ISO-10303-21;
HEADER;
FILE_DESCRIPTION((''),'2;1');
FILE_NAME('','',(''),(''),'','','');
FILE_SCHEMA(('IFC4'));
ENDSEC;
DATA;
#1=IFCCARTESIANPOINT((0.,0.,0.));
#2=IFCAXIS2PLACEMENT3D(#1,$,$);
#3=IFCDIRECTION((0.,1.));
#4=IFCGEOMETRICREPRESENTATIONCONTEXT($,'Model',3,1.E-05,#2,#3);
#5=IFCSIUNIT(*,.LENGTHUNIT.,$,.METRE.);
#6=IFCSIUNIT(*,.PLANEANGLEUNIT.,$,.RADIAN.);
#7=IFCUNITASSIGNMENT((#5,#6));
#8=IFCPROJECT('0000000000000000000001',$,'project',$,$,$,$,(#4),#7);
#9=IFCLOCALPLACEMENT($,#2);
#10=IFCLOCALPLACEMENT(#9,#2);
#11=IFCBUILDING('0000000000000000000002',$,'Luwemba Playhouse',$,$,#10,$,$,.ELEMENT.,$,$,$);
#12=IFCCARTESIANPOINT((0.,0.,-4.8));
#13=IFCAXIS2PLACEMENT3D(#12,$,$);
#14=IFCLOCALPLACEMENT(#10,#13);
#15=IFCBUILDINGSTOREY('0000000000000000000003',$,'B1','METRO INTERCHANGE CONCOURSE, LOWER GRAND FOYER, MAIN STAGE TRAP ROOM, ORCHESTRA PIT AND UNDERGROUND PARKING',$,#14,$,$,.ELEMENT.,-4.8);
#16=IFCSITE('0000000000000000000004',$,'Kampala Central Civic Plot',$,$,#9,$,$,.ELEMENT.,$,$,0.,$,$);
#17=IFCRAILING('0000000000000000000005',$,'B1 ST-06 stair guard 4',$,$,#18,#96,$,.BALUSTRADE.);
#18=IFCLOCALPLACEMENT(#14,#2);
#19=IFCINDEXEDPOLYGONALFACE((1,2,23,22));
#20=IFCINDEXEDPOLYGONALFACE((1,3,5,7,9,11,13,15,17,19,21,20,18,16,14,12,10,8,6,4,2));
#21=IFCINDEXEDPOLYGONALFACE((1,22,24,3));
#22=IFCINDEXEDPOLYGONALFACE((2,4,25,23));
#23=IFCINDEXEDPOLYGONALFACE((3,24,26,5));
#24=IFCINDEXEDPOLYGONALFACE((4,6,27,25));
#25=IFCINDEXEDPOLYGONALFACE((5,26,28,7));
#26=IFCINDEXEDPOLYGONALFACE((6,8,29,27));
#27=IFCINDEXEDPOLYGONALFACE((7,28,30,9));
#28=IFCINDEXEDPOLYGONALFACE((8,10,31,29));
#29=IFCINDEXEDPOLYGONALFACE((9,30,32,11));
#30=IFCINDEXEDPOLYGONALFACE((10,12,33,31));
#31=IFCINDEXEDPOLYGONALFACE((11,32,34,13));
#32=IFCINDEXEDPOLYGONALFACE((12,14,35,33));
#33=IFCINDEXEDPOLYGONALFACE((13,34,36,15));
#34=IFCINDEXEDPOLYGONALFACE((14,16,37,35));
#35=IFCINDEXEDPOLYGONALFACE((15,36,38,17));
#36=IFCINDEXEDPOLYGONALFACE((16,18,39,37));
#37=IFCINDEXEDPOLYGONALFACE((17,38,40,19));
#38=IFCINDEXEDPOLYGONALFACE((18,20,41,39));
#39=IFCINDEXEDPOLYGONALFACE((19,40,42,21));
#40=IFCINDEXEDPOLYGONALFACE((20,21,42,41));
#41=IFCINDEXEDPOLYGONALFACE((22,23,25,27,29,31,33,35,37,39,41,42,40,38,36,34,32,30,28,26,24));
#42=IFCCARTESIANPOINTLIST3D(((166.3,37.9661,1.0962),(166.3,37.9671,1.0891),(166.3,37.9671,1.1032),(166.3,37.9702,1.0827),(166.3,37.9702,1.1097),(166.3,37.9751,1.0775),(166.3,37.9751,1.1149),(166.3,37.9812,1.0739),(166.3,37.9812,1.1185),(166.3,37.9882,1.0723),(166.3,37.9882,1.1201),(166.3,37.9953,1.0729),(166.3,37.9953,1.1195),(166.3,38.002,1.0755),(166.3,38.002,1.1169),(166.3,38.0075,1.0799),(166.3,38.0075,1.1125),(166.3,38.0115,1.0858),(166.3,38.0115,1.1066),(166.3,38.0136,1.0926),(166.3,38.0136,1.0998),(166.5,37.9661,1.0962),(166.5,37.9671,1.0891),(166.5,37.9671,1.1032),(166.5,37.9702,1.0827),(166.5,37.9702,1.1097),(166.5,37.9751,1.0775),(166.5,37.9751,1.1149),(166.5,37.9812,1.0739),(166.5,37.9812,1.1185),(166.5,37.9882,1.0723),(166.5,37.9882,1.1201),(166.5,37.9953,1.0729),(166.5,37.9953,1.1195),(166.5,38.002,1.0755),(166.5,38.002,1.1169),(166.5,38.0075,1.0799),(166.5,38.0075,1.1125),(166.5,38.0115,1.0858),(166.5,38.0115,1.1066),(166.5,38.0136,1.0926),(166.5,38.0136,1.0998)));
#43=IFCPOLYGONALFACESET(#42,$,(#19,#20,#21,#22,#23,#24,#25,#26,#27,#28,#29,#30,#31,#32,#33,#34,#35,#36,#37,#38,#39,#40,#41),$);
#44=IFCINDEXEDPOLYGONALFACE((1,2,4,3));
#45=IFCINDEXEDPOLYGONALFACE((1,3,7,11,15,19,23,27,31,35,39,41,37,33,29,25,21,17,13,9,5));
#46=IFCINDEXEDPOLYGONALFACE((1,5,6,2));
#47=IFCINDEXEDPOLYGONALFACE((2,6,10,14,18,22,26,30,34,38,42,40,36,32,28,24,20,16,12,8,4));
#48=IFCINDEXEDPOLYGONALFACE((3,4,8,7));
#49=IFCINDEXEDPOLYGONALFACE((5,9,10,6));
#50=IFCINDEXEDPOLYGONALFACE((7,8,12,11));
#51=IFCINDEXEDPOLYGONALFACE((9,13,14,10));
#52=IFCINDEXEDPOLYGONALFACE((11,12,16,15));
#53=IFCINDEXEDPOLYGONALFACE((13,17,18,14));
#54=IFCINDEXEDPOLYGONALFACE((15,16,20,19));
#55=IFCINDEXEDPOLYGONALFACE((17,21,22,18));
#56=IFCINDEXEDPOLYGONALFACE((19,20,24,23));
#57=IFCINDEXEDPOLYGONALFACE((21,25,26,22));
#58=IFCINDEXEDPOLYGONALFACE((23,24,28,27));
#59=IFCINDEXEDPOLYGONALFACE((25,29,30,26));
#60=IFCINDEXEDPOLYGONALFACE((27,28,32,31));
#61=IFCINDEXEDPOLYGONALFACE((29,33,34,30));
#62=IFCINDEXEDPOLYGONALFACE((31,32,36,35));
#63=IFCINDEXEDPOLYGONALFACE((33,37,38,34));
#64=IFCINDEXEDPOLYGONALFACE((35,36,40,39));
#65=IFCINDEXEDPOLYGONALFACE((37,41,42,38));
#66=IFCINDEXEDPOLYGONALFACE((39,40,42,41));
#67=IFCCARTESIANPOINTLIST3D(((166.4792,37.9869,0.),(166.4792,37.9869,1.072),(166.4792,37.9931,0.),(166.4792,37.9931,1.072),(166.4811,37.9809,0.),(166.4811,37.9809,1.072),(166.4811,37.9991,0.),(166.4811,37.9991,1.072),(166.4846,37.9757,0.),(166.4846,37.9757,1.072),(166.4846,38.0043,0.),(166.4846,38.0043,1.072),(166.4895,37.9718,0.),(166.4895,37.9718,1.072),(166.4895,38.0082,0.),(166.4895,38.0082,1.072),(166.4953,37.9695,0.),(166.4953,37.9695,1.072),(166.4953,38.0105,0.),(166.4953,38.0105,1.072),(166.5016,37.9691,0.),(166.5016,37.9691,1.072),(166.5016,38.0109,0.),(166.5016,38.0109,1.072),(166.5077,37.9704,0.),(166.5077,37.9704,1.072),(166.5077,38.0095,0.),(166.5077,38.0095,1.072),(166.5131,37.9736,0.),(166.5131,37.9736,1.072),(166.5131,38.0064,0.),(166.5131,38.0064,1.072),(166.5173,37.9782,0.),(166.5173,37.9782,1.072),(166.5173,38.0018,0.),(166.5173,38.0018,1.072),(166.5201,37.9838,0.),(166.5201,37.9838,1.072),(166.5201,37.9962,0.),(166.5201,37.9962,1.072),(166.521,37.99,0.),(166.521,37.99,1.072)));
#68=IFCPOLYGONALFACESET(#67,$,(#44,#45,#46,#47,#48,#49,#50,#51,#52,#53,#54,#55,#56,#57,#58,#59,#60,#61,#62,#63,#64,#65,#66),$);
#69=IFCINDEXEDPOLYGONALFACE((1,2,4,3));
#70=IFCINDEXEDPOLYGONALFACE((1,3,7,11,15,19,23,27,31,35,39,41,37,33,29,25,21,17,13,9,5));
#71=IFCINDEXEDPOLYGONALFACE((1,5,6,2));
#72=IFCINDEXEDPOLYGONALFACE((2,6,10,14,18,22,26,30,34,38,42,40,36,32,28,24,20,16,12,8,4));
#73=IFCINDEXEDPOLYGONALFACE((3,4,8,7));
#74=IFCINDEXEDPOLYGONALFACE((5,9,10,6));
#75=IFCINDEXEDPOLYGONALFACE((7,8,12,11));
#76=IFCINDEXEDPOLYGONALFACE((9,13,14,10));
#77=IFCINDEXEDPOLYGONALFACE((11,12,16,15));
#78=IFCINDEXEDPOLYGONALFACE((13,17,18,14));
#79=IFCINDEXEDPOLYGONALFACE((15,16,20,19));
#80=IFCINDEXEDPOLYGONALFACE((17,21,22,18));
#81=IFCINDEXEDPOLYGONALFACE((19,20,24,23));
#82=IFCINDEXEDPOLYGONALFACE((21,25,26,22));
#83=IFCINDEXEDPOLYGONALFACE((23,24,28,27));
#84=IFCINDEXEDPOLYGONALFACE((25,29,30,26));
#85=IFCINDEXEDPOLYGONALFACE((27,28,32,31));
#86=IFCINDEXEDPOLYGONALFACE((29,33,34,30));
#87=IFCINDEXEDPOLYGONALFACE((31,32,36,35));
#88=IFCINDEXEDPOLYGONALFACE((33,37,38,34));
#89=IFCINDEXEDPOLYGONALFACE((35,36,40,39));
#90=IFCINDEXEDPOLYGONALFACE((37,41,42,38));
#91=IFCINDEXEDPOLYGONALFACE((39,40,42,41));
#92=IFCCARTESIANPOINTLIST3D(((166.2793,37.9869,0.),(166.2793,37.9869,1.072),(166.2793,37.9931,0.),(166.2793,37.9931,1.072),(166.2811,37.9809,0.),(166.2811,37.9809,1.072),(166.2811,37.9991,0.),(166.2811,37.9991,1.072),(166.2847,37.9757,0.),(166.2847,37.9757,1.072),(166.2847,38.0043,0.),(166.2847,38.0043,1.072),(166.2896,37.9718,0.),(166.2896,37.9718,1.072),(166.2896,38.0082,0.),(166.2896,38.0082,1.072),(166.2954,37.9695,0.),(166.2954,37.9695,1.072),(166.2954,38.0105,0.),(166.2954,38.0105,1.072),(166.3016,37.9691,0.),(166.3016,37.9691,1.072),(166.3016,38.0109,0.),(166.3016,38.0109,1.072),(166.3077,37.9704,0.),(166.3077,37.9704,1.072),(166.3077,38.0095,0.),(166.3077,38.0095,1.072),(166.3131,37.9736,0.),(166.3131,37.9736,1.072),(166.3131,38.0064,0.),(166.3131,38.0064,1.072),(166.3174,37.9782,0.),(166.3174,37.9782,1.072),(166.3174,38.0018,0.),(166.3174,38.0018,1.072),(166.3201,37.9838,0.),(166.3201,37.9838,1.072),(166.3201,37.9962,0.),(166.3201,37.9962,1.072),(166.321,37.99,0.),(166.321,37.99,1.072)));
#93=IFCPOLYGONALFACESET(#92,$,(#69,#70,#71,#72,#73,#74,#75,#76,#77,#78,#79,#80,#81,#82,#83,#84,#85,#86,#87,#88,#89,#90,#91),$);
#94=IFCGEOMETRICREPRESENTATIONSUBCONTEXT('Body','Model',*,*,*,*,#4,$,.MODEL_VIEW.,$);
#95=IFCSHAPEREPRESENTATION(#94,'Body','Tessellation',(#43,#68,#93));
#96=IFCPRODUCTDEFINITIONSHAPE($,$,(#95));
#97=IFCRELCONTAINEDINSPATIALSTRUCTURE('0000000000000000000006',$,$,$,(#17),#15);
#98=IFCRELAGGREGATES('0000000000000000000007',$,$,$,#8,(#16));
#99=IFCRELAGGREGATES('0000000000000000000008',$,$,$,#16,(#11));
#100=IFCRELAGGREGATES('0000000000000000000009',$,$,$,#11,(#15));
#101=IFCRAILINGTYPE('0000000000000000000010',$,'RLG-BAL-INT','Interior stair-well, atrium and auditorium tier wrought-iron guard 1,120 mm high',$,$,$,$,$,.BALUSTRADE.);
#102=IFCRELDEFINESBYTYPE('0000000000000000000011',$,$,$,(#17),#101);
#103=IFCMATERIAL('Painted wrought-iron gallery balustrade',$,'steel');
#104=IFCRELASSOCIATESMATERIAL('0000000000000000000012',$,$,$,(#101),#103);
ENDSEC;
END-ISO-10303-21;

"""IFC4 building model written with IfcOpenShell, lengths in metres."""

from ifc_helpers import new_model, si_unit, direction, frame, origin, origin_2d, place, context, subcontext, project, spatial, circle, extrude, material, type_object, element, save


model = new_model("IFC4")

# Units and contexts
model_context = context("Model", 3, precision=1e-05, world=origin(), true_north=direction((0.0, 1.0)))
body_context = subcontext(model_context, "Body", "Model", "MODEL_VIEW")
ifc_project = project(units=[si_unit("LENGTHUNIT", "METRE"), si_unit("PLANEANGLEUNIT", "RADIAN")], contexts=[model_context])

# Site, building, storey
site_placement = place(None, origin())
site = spatial("IfcSite", under=ifc_project, at=site_placement, Name="Kampala Central Civic Plot", CompositionType="ELEMENT", RefElevation=0.0)
building_placement = place(site_placement, origin())
building = spatial("IfcBuilding", under=site, at=building_placement, Name="Luwemba Playhouse", CompositionType="ELEMENT")
storey_placement = place(building_placement, frame((0.0, 0.0, -4.8)))
storey = spatial("IfcBuildingStorey", under=building, at=storey_placement, Name="B1", Description="METRO INTERCHANGE CONCOURSE, LOWER GRAND FOYER, MAIN STAGE TRAP ROOM, ORCHESTRA PIT AND UNDERGROUND PARKING", CompositionType="ELEMENT", Elevation=-4.8)

# Railing
ifc_material_1 = material(Name="Painted wrought-iron gallery balustrade", Category="steel")
railing_type_1 = type_object("IfcRailingType", Name="RLG-BAL-INT", Description="Interior stair-well, atrium and auditorium tier wrought-iron guard 1,120 mm high", PredefinedType="BALUSTRADE", material=ifc_material_1)
railing_1_placement = place(storey_placement, frame((166.5, 37.99, 0.0)))
element("IfcRailing", 1, at=railing_1_placement, inside=storey, type_object=railing_type_1, Name="B1 ST-06 stair guard 4", PredefinedType="BALUSTRADE", context=body_context, shape_type="SweptSolid", body=[
    extrude(circle(Radius=0.0239, at=origin_2d()), frame((0.0, 0.0, 1.0962), z_axis=(-1.0, 0.0, 0.0), x_axis=(0.0, -1.0, 0.0)), (0.0, 0.0, 1.0), 0.2),
    extrude(circle(Radius=0.021, at=origin_2d()), origin(), (0.0, 0.0, 1.0), 1.072),
    extrude(circle(Radius=0.021, at=origin_2d()), frame((-0.2, 0.0, 0.0)), (0.0, 0.0, 1.0), 1.072),
])

save(model, "model.ifc")
